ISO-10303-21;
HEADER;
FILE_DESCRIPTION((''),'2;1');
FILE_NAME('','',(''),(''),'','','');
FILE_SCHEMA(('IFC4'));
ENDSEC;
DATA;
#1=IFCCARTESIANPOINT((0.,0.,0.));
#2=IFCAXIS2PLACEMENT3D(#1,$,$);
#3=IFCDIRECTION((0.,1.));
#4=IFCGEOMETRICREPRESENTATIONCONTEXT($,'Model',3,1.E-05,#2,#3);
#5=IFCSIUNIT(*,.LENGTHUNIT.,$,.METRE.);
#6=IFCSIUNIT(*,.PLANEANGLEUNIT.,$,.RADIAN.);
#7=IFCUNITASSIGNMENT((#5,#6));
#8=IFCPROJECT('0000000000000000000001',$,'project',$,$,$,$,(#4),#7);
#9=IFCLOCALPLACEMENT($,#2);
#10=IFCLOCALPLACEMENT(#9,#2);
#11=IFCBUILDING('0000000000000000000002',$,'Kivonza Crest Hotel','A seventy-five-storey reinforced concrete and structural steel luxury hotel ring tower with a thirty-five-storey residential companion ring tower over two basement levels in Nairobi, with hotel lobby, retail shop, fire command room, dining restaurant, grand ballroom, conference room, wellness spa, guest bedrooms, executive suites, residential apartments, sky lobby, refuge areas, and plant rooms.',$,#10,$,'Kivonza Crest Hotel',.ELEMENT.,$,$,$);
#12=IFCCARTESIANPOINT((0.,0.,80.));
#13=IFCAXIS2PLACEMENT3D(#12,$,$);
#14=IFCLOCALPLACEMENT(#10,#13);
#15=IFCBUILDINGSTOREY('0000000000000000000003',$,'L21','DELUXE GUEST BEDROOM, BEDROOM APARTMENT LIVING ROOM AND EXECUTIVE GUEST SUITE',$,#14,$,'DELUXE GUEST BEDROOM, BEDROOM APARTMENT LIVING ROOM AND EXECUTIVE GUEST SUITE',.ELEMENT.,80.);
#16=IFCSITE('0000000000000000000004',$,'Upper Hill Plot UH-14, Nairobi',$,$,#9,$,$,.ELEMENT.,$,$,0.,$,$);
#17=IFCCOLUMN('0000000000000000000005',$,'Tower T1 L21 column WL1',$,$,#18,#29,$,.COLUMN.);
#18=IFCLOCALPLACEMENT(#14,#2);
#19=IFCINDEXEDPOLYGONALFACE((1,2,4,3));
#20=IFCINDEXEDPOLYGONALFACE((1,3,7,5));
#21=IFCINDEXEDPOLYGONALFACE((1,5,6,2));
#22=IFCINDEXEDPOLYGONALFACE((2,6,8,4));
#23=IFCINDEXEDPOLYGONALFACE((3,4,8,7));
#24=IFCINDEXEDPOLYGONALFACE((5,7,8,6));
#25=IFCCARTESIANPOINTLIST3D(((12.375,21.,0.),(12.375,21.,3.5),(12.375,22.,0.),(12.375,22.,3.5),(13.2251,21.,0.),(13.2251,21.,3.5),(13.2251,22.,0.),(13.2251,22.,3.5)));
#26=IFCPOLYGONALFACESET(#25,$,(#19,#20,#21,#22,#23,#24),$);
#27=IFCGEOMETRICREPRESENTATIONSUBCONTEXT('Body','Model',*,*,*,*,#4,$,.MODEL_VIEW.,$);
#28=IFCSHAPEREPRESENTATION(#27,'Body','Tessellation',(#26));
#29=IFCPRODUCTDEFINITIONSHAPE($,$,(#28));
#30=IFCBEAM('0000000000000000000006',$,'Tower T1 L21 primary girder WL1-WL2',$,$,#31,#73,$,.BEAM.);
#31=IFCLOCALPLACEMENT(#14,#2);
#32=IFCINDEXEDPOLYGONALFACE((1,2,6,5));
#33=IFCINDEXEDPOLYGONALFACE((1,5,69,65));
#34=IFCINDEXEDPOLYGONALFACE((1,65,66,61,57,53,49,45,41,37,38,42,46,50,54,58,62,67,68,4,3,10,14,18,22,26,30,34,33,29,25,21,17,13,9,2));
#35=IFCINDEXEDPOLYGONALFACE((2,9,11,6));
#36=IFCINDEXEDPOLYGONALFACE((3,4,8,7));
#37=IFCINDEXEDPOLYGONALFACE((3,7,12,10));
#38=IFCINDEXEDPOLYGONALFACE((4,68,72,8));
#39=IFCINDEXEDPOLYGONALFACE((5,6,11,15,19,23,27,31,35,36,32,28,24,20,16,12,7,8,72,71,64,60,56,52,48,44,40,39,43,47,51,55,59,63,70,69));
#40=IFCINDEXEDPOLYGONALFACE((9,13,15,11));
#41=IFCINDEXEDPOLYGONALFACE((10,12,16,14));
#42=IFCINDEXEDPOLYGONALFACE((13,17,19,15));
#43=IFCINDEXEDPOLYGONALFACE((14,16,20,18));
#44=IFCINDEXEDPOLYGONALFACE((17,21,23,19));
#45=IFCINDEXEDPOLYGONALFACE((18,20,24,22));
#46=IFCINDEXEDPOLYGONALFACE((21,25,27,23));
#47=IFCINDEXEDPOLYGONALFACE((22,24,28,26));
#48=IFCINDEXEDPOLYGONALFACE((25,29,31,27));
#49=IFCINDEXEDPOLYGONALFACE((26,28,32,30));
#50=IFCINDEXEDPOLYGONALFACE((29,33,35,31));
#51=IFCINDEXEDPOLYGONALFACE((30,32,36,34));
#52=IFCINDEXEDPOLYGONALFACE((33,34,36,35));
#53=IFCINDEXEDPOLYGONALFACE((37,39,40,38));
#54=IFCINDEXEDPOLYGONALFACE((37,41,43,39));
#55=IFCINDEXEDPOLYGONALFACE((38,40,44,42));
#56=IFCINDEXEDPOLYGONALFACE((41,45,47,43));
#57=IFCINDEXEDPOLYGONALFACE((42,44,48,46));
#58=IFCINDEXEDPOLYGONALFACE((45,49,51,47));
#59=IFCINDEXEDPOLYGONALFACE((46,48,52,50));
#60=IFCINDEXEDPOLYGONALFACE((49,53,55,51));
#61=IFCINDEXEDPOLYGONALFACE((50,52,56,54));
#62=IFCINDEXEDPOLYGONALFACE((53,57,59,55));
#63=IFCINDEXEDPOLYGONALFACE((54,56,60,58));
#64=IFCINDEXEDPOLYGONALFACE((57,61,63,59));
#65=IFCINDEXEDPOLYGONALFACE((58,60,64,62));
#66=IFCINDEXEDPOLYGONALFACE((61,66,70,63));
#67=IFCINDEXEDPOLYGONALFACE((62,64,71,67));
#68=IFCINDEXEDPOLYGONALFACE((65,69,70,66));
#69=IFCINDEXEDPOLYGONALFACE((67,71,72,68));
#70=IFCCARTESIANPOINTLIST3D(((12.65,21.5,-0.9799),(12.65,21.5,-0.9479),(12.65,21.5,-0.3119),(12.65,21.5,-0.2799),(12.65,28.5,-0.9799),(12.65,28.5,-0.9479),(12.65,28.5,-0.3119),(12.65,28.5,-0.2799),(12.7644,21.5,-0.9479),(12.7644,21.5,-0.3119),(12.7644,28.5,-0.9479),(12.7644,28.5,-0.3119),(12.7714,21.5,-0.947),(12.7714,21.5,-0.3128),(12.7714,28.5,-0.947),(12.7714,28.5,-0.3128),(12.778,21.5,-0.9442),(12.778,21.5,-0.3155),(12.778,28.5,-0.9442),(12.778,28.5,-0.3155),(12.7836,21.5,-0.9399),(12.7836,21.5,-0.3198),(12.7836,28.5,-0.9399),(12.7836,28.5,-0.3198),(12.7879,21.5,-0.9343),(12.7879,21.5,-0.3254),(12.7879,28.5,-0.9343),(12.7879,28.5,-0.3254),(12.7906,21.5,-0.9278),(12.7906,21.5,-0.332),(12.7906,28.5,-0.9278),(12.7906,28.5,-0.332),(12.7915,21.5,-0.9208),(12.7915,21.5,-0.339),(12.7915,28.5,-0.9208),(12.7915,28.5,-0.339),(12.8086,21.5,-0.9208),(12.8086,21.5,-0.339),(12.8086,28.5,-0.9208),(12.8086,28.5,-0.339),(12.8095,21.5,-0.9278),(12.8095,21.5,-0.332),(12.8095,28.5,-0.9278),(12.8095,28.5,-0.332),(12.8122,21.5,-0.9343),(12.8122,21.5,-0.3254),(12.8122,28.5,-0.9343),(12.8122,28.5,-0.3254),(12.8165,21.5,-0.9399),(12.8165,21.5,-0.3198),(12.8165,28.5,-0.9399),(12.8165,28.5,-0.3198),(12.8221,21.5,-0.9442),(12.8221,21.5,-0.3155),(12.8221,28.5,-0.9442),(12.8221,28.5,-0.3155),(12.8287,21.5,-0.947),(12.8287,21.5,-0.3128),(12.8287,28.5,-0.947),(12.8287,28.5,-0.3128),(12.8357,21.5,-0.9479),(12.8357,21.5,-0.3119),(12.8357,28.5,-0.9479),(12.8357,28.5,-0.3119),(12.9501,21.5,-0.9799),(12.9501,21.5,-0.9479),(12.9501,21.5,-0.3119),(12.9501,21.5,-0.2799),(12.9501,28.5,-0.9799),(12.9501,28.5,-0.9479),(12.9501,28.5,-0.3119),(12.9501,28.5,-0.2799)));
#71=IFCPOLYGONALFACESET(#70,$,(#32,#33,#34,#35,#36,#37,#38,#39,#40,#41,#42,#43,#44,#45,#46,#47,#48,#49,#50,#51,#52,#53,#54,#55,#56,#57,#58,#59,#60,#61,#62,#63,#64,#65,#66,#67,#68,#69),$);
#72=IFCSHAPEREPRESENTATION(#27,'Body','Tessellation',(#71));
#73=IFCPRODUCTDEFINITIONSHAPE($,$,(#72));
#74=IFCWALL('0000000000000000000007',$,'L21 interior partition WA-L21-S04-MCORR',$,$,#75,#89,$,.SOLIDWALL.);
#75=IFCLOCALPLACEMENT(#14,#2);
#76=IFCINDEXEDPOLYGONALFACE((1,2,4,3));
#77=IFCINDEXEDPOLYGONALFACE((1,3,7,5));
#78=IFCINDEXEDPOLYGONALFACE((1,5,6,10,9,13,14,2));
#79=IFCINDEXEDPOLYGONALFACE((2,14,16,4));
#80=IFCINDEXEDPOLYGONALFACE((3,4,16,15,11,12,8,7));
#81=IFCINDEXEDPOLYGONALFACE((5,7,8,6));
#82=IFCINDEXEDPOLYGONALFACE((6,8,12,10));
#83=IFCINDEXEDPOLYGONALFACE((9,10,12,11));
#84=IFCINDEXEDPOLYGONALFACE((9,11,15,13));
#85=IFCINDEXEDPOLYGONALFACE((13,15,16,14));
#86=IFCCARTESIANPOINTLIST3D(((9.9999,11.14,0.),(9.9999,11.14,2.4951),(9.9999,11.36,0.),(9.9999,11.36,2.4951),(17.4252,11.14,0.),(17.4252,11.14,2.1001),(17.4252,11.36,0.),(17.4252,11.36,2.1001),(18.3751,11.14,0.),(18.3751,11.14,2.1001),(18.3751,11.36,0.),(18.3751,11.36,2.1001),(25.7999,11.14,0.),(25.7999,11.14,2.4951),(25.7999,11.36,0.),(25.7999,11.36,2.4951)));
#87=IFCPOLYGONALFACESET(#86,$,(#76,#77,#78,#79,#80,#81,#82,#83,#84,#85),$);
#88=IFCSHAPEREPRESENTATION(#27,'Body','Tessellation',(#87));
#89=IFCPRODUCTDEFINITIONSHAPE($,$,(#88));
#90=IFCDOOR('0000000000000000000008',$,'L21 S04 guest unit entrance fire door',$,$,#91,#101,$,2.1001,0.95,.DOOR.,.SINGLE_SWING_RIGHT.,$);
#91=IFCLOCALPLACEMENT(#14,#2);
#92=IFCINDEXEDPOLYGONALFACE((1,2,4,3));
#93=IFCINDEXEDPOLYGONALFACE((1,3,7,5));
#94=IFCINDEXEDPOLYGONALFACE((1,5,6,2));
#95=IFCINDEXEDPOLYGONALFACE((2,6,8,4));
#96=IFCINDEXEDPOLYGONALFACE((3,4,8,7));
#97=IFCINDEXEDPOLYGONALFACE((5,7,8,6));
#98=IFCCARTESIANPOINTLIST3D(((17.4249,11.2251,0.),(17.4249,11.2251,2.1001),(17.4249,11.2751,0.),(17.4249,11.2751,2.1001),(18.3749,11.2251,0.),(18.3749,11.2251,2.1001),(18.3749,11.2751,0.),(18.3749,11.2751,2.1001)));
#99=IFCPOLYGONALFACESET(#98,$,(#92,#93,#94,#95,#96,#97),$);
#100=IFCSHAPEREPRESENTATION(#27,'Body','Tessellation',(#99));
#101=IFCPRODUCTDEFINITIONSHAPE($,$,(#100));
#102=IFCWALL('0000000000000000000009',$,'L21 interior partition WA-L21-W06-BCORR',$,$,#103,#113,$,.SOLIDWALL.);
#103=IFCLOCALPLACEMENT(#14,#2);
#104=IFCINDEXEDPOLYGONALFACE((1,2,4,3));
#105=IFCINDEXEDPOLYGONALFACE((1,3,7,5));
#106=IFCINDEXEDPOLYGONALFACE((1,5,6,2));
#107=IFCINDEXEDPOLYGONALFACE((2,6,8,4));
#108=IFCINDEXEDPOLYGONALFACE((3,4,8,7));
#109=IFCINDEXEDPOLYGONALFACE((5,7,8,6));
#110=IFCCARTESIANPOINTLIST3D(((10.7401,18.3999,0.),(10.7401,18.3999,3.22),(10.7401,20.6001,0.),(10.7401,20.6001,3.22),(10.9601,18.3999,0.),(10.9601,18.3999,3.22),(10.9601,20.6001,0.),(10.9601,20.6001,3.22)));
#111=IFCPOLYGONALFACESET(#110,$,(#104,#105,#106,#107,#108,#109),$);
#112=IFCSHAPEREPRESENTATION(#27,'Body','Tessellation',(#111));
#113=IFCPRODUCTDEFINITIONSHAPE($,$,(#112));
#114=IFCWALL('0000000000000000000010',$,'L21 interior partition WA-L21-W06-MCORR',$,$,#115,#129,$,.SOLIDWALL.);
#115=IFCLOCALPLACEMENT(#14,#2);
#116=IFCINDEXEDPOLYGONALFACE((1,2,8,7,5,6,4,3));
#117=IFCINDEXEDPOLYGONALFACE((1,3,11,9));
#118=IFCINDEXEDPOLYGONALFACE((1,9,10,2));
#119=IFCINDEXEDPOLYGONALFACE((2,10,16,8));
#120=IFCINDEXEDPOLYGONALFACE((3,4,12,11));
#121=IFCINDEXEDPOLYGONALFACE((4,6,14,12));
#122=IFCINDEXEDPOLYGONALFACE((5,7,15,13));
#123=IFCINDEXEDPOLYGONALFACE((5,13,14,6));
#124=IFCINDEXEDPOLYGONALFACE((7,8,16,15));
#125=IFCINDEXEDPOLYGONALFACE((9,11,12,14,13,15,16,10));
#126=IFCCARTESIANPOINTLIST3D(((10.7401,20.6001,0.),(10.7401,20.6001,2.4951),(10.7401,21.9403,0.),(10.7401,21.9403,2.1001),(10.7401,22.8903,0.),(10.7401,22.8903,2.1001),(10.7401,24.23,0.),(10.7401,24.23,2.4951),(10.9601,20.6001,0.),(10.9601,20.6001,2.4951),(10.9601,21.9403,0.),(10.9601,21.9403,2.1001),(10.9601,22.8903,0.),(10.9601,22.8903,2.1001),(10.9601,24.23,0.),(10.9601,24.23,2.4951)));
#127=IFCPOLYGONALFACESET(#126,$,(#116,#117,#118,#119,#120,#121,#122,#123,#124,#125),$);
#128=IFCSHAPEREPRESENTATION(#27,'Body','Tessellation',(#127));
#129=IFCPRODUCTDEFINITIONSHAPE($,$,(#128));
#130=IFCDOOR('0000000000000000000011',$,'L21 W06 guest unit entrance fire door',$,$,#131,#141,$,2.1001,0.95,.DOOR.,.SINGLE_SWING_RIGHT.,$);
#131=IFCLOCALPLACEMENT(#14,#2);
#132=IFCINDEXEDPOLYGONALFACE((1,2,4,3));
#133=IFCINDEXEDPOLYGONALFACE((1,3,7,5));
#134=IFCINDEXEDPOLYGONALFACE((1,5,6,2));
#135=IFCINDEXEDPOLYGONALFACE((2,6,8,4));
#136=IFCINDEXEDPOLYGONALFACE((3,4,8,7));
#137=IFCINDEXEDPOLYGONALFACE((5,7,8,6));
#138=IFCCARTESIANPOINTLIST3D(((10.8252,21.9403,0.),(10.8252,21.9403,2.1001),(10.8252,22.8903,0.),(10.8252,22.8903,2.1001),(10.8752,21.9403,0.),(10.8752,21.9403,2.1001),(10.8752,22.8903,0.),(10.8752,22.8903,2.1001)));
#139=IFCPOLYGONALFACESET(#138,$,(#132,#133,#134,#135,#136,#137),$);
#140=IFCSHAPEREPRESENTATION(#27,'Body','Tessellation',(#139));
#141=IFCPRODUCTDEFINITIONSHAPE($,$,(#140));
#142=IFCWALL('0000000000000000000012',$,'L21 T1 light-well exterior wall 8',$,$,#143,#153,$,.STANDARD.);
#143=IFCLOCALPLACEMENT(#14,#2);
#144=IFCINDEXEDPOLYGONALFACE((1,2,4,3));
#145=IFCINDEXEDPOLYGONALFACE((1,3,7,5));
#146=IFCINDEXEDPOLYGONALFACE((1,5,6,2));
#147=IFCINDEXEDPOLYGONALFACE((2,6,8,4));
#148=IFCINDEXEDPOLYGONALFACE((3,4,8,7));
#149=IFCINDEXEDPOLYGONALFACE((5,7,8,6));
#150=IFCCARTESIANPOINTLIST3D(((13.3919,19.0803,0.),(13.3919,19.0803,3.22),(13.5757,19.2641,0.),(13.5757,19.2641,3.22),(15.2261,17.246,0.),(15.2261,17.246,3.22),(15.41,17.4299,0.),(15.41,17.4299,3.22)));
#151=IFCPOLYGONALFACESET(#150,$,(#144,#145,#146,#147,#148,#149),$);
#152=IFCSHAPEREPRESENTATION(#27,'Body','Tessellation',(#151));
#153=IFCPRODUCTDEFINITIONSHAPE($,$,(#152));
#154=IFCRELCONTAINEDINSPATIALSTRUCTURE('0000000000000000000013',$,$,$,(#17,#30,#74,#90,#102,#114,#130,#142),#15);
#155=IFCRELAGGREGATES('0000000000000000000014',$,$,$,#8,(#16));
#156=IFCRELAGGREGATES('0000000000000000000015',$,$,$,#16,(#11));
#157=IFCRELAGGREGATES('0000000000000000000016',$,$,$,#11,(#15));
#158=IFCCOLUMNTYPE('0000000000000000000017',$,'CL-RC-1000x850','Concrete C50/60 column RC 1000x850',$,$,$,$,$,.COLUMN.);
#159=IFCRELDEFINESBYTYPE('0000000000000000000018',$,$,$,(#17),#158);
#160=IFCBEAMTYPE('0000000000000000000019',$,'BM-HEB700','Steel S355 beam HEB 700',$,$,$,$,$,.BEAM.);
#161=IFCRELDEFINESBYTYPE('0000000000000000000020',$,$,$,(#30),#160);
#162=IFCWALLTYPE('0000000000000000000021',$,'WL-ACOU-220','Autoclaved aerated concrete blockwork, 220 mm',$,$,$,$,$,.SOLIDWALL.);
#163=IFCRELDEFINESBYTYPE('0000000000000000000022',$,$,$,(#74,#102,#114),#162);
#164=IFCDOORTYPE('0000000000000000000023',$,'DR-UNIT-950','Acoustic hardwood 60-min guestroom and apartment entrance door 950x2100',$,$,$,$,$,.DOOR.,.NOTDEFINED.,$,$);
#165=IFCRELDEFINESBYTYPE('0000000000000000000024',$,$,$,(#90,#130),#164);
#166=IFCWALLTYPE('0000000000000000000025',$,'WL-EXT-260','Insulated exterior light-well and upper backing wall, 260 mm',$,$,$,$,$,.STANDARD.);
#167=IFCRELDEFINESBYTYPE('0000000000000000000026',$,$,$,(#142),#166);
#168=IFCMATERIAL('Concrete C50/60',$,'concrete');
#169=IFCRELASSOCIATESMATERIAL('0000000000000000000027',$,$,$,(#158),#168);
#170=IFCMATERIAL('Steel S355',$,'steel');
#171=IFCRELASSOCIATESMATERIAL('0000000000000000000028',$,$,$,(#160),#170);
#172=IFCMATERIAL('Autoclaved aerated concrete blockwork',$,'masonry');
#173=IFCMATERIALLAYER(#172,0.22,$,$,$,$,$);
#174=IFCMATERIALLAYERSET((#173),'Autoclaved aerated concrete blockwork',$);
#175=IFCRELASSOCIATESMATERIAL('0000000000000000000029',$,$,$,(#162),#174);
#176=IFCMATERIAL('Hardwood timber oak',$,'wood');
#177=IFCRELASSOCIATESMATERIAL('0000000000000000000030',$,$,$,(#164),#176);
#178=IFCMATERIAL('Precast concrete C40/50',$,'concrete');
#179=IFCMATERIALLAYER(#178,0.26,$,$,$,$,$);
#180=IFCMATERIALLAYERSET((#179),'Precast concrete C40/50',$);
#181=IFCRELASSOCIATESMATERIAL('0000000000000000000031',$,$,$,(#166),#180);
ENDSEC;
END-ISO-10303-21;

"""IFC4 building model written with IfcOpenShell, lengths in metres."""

from ifc_helpers import new_model, si_unit, direction, frame, frame_2d, origin, origin_2d, place, context, subcontext, project, spatial, rectangle, i_section, extrude, material, layer, layer_set, material_profile, profile_set, type_object, element, fill, save


model = new_model("IFC4")

# Units and contexts
model_context = context("Model", 3, precision=1e-05, world=origin(), true_north=direction((0.0, 1.0)))
body_context = subcontext(model_context, "Body", "Model", "MODEL_VIEW")
ifc_project = project(units=[si_unit("LENGTHUNIT", "METRE"), si_unit("PLANEANGLEUNIT", "RADIAN")], contexts=[model_context])

# Site, building, storey
site_placement = place(None, origin())
site = spatial("IfcSite", under=ifc_project, at=site_placement, Name="Upper Hill Plot UH-14, Nairobi", CompositionType="ELEMENT", RefElevation=0.0)
building_placement = place(site_placement, origin())
building = spatial("IfcBuilding", under=site, at=building_placement, Name="Kivonza Crest Hotel", Description="A seventy-five-storey reinforced concrete and structural steel luxury hotel ring tower with a thirty-five-storey residential companion ring tower over two basement levels in Nairobi, with hotel lobby, retail shop, fire command room, dining restaurant, grand ballroom, conference room, wellness spa, guest bedrooms, executive suites, residential apartments, sky lobby, refuge areas, and plant rooms.", LongName="Kivonza Crest Hotel", CompositionType="ELEMENT")
storey_placement = place(building_placement, frame((0.0, 0.0, 80.0)))
storey = spatial("IfcBuildingStorey", under=building, at=storey_placement, Name="L21", Description="DELUXE GUEST BEDROOM, BEDROOM APARTMENT LIVING ROOM AND EXECUTIVE GUEST SUITE", LongName="DELUXE GUEST BEDROOM, BEDROOM APARTMENT LIVING ROOM AND EXECUTIVE GUEST SUITE", CompositionType="ELEMENT", Elevation=80.0)

# Column
ifc_material_1 = material(Name="Concrete C50/60", Category="concrete")
ifc_material_profile_1 = material_profile(ifc_material_1, rectangle(XDim=0.8501, YDim=1.0, at=origin_2d()), Name="RC 1000x850")
ifc_profile_set_1 = profile_set([ifc_material_profile_1], Name="Concrete C50/60")
column_type = type_object("IfcColumnType", Name="CL-RC-1000x850", Description="Concrete C50/60 column RC 1000x850", PredefinedType="COLUMN", material=ifc_profile_set_1)
column_placement = place(storey_placement, frame((12.8, 21.5, 0.0), z_axis=(0.0, 0.0, 1.0), x_axis=(1.0, 0.0, 0.0)))
element("IfcColumn", 1, at=column_placement, inside=storey, type_object=column_type, Name="Tower T1 L21 column WL1", PredefinedType="COLUMN", context=body_context, shape_type="SweptSolid", body=[
    extrude(rectangle(XDim=0.8501, YDim=1.0, at=origin_2d()), origin(), (0.0, 0.0, 1.0), 3.5),
])

# Beam
ifc_material_2 = material(Name="Steel S355", Category="steel")
ifc_material_profile_2 = material_profile(ifc_material_2, i_section(OverallWidth=0.3, OverallDepth=0.7, WebThickness=0.0171, FlangeThickness=0.032, FilletRadius=0.0271, at=origin_2d()), Name="HEB 700")
ifc_profile_set_2 = profile_set([ifc_material_profile_2], Name="Steel S355")
beam_type = type_object("IfcBeamType", Name="BM-HEB700", Description="Steel S355 beam HEB 700", PredefinedType="BEAM", material=ifc_profile_set_2)
beam_placement = place(storey_placement, frame((12.8, 21.5, -0.6299), z_axis=(0.0, 1.0, 0.0), x_axis=(-1.0, 0.0, 0.0)))
element("IfcBeam", 2, at=beam_placement, inside=storey, type_object=beam_type, Name="Tower T1 L21 primary girder WL1-WL2", PredefinedType="BEAM", context=body_context, shape_type="SweptSolid", body=[
    extrude(i_section(OverallWidth=0.3, OverallDepth=0.7, WebThickness=0.0171, FlangeThickness=0.032, FilletRadius=0.0271, at=origin_2d()), origin(), (0.0, 0.0, 1.0), 7.0),
])

# Wall, opening, door
ifc_material_3 = material(Name="Autoclaved aerated concrete blockwork", Category="masonry")
ifc_layer_1 = layer(ifc_material_3, 0.22)
ifc_layer_set_1 = layer_set([ifc_layer_1], Name="Autoclaved aerated concrete blockwork")
wall_type_1 = type_object("IfcWallType", Name="WL-ACOU-220", Description="Autoclaved aerated concrete blockwork, 220 mm", PredefinedType="SOLIDWALL", material=ifc_layer_set_1)
wall_1_placement = place(storey_placement, frame((10.0, 11.25, 0.0), z_axis=(0.0, 0.0, 1.0), x_axis=(1.0, 0.0, 0.0)))
wall_1 = element("IfcWall", 3, at=wall_1_placement, inside=storey, type_object=wall_type_1, Name="L21 interior partition WA-L21-S04-MCORR", PredefinedType="SOLIDWALL", context=body_context, shape_type="SweptSolid", body=[
    extrude(rectangle(XDim=15.8, YDim=0.22, at=frame_2d((7.8999, 0.0))), origin(), (0.0, 0.0, 1.0), 2.4951),
])
opening_1_placement = place(wall_1_placement, frame((7.425, 0.0, 0.0)))
opening_1 = element("IfcOpeningElement", 4, at=opening_1_placement, cuts=wall_1, PredefinedType="OPENING", context=body_context, shape_type="SweptSolid", body=[
    extrude(rectangle(XDim=0.95, YDim=2.1001, at=frame_2d((0.4751, 1.05))), frame((0.0, 0.1201, 0.0), z_axis=(0.0, -1.0, 0.0), x_axis=(1.0, 0.0, 0.0)), (0.0, 0.0, 1.0), 0.24),
])
ifc_material_4 = material(Name="Hardwood timber oak", Category="wood")
door_type_1 = type_object("IfcDoorType", Name="DR-UNIT-950", Description="Acoustic hardwood 60-min guestroom and apartment entrance door 950x2100", OperationType="NOTDEFINED", PredefinedType="DOOR", material=ifc_material_4)
door_1_placement = place(opening_1_placement, frame((0.95, 0.0, 0.0), z_axis=(0.0, 0.0, 1.0), x_axis=(-1.0, 0.0, 0.0)))
door_1 = element("IfcDoor", 5, at=door_1_placement, inside=storey, type_object=door_type_1, Name="L21 S04 guest unit entrance fire door", OperationType="SINGLE_SWING_RIGHT", OverallHeight=2.1001, OverallWidth=0.95, PredefinedType="DOOR", context=body_context, shape_type="SweptSolid", body=[
    extrude(rectangle(XDim=0.95, YDim=2.1001, at=frame_2d((0.4751, 1.05))), frame((0.0, 0.0249, 0.0), z_axis=(0.0, -1.0, 0.0), x_axis=(1.0, 0.0, 0.0)), (0.0, 0.0, 1.0), 0.05),
])
fill(opening_1, door_1)

# Wall
wall_2_placement = place(storey_placement, frame((10.8501, 18.3999, 0.0), z_axis=(0.0, 0.0, 1.0), x_axis=(0.0, 1.0, 0.0)))
element("IfcWall", 6, at=wall_2_placement, inside=storey, type_object=wall_type_1, Name="L21 interior partition WA-L21-W06-BCORR", PredefinedType="SOLIDWALL", context=body_context, shape_type="SweptSolid", body=[
    extrude(rectangle(XDim=2.2002, YDim=0.22, at=frame_2d((1.1001, 0.0))), origin(), (0.0, 0.0, 1.0), 3.22),
])

# Wall, opening, door
wall_3_placement = place(storey_placement, frame((10.8501, 20.6001, 0.0), z_axis=(0.0, 0.0, 1.0), x_axis=(0.0, 1.0, 0.0)))
wall_3 = element("IfcWall", 7, at=wall_3_placement, inside=storey, type_object=wall_type_1, Name="L21 interior partition WA-L21-W06-MCORR", PredefinedType="SOLIDWALL", context=body_context, shape_type="SweptSolid", body=[
    extrude(rectangle(XDim=3.6299, YDim=0.22, at=frame_2d((1.8149, 0.0))), origin(), (0.0, 0.0, 1.0), 2.4951),
])
opening_2_placement = place(wall_3_placement, frame((1.3401, 0.0, 0.0)))
opening_2 = element("IfcOpeningElement", 8, at=opening_2_placement, cuts=wall_3, PredefinedType="OPENING", context=body_context, shape_type="SweptSolid", body=[
    extrude(rectangle(XDim=0.95, YDim=2.1001, at=frame_2d((0.4751, 1.05))), frame((0.0, 0.1201, 0.0), z_axis=(0.0, -1.0, 0.0), x_axis=(1.0, 0.0, 0.0)), (0.0, 0.0, 1.0), 0.24),
])
door_2_placement = place(opening_2_placement, origin())
door_2 = element("IfcDoor", 9, at=door_2_placement, inside=storey, type_object=door_type_1, Name="L21 W06 guest unit entrance fire door", OperationType="SINGLE_SWING_RIGHT", OverallHeight=2.1001, OverallWidth=0.95, PredefinedType="DOOR", context=body_context, shape_type="SweptSolid", body=[
    extrude(rectangle(XDim=0.95, YDim=2.1001, at=frame_2d((0.4751, 1.05))), frame((0.0, 0.0249, 0.0), z_axis=(0.0, -1.0, 0.0), x_axis=(1.0, 0.0, 0.0)), (0.0, 0.0, 1.0), 0.05),
])
fill(opening_2, door_2)

# Wall
ifc_material_5 = material(Name="Precast concrete C40/50", Category="concrete")
ifc_layer_2 = layer(ifc_material_5, 0.26)
ifc_layer_set_2 = layer_set([ifc_layer_2], Name="Precast concrete C40/50")
wall_type_2 = type_object("IfcWallType", Name="WL-EXT-260", Description="Insulated exterior light-well and upper backing wall, 260 mm", PredefinedType="STANDARD", material=ifc_layer_set_2)
wall_4_placement = place(storey_placement, frame((13.4839, 19.1721, 0.0), z_axis=(0.0, 0.0, 1.0), x_axis=(0.707107, -0.707107, 0.0)))
element("IfcWall", 10, at=wall_4_placement, inside=storey, type_object=wall_type_2, Name="L21 T1 light-well exterior wall 8", PredefinedType="STANDARD", context=body_context, shape_type="SweptSolid", body=[
    extrude(rectangle(XDim=2.594, YDim=0.26, at=frame_2d((1.2969, 0.0))), origin(), (0.0, 0.0, 1.0), 3.22),
])

save(model, "model.ifc")
